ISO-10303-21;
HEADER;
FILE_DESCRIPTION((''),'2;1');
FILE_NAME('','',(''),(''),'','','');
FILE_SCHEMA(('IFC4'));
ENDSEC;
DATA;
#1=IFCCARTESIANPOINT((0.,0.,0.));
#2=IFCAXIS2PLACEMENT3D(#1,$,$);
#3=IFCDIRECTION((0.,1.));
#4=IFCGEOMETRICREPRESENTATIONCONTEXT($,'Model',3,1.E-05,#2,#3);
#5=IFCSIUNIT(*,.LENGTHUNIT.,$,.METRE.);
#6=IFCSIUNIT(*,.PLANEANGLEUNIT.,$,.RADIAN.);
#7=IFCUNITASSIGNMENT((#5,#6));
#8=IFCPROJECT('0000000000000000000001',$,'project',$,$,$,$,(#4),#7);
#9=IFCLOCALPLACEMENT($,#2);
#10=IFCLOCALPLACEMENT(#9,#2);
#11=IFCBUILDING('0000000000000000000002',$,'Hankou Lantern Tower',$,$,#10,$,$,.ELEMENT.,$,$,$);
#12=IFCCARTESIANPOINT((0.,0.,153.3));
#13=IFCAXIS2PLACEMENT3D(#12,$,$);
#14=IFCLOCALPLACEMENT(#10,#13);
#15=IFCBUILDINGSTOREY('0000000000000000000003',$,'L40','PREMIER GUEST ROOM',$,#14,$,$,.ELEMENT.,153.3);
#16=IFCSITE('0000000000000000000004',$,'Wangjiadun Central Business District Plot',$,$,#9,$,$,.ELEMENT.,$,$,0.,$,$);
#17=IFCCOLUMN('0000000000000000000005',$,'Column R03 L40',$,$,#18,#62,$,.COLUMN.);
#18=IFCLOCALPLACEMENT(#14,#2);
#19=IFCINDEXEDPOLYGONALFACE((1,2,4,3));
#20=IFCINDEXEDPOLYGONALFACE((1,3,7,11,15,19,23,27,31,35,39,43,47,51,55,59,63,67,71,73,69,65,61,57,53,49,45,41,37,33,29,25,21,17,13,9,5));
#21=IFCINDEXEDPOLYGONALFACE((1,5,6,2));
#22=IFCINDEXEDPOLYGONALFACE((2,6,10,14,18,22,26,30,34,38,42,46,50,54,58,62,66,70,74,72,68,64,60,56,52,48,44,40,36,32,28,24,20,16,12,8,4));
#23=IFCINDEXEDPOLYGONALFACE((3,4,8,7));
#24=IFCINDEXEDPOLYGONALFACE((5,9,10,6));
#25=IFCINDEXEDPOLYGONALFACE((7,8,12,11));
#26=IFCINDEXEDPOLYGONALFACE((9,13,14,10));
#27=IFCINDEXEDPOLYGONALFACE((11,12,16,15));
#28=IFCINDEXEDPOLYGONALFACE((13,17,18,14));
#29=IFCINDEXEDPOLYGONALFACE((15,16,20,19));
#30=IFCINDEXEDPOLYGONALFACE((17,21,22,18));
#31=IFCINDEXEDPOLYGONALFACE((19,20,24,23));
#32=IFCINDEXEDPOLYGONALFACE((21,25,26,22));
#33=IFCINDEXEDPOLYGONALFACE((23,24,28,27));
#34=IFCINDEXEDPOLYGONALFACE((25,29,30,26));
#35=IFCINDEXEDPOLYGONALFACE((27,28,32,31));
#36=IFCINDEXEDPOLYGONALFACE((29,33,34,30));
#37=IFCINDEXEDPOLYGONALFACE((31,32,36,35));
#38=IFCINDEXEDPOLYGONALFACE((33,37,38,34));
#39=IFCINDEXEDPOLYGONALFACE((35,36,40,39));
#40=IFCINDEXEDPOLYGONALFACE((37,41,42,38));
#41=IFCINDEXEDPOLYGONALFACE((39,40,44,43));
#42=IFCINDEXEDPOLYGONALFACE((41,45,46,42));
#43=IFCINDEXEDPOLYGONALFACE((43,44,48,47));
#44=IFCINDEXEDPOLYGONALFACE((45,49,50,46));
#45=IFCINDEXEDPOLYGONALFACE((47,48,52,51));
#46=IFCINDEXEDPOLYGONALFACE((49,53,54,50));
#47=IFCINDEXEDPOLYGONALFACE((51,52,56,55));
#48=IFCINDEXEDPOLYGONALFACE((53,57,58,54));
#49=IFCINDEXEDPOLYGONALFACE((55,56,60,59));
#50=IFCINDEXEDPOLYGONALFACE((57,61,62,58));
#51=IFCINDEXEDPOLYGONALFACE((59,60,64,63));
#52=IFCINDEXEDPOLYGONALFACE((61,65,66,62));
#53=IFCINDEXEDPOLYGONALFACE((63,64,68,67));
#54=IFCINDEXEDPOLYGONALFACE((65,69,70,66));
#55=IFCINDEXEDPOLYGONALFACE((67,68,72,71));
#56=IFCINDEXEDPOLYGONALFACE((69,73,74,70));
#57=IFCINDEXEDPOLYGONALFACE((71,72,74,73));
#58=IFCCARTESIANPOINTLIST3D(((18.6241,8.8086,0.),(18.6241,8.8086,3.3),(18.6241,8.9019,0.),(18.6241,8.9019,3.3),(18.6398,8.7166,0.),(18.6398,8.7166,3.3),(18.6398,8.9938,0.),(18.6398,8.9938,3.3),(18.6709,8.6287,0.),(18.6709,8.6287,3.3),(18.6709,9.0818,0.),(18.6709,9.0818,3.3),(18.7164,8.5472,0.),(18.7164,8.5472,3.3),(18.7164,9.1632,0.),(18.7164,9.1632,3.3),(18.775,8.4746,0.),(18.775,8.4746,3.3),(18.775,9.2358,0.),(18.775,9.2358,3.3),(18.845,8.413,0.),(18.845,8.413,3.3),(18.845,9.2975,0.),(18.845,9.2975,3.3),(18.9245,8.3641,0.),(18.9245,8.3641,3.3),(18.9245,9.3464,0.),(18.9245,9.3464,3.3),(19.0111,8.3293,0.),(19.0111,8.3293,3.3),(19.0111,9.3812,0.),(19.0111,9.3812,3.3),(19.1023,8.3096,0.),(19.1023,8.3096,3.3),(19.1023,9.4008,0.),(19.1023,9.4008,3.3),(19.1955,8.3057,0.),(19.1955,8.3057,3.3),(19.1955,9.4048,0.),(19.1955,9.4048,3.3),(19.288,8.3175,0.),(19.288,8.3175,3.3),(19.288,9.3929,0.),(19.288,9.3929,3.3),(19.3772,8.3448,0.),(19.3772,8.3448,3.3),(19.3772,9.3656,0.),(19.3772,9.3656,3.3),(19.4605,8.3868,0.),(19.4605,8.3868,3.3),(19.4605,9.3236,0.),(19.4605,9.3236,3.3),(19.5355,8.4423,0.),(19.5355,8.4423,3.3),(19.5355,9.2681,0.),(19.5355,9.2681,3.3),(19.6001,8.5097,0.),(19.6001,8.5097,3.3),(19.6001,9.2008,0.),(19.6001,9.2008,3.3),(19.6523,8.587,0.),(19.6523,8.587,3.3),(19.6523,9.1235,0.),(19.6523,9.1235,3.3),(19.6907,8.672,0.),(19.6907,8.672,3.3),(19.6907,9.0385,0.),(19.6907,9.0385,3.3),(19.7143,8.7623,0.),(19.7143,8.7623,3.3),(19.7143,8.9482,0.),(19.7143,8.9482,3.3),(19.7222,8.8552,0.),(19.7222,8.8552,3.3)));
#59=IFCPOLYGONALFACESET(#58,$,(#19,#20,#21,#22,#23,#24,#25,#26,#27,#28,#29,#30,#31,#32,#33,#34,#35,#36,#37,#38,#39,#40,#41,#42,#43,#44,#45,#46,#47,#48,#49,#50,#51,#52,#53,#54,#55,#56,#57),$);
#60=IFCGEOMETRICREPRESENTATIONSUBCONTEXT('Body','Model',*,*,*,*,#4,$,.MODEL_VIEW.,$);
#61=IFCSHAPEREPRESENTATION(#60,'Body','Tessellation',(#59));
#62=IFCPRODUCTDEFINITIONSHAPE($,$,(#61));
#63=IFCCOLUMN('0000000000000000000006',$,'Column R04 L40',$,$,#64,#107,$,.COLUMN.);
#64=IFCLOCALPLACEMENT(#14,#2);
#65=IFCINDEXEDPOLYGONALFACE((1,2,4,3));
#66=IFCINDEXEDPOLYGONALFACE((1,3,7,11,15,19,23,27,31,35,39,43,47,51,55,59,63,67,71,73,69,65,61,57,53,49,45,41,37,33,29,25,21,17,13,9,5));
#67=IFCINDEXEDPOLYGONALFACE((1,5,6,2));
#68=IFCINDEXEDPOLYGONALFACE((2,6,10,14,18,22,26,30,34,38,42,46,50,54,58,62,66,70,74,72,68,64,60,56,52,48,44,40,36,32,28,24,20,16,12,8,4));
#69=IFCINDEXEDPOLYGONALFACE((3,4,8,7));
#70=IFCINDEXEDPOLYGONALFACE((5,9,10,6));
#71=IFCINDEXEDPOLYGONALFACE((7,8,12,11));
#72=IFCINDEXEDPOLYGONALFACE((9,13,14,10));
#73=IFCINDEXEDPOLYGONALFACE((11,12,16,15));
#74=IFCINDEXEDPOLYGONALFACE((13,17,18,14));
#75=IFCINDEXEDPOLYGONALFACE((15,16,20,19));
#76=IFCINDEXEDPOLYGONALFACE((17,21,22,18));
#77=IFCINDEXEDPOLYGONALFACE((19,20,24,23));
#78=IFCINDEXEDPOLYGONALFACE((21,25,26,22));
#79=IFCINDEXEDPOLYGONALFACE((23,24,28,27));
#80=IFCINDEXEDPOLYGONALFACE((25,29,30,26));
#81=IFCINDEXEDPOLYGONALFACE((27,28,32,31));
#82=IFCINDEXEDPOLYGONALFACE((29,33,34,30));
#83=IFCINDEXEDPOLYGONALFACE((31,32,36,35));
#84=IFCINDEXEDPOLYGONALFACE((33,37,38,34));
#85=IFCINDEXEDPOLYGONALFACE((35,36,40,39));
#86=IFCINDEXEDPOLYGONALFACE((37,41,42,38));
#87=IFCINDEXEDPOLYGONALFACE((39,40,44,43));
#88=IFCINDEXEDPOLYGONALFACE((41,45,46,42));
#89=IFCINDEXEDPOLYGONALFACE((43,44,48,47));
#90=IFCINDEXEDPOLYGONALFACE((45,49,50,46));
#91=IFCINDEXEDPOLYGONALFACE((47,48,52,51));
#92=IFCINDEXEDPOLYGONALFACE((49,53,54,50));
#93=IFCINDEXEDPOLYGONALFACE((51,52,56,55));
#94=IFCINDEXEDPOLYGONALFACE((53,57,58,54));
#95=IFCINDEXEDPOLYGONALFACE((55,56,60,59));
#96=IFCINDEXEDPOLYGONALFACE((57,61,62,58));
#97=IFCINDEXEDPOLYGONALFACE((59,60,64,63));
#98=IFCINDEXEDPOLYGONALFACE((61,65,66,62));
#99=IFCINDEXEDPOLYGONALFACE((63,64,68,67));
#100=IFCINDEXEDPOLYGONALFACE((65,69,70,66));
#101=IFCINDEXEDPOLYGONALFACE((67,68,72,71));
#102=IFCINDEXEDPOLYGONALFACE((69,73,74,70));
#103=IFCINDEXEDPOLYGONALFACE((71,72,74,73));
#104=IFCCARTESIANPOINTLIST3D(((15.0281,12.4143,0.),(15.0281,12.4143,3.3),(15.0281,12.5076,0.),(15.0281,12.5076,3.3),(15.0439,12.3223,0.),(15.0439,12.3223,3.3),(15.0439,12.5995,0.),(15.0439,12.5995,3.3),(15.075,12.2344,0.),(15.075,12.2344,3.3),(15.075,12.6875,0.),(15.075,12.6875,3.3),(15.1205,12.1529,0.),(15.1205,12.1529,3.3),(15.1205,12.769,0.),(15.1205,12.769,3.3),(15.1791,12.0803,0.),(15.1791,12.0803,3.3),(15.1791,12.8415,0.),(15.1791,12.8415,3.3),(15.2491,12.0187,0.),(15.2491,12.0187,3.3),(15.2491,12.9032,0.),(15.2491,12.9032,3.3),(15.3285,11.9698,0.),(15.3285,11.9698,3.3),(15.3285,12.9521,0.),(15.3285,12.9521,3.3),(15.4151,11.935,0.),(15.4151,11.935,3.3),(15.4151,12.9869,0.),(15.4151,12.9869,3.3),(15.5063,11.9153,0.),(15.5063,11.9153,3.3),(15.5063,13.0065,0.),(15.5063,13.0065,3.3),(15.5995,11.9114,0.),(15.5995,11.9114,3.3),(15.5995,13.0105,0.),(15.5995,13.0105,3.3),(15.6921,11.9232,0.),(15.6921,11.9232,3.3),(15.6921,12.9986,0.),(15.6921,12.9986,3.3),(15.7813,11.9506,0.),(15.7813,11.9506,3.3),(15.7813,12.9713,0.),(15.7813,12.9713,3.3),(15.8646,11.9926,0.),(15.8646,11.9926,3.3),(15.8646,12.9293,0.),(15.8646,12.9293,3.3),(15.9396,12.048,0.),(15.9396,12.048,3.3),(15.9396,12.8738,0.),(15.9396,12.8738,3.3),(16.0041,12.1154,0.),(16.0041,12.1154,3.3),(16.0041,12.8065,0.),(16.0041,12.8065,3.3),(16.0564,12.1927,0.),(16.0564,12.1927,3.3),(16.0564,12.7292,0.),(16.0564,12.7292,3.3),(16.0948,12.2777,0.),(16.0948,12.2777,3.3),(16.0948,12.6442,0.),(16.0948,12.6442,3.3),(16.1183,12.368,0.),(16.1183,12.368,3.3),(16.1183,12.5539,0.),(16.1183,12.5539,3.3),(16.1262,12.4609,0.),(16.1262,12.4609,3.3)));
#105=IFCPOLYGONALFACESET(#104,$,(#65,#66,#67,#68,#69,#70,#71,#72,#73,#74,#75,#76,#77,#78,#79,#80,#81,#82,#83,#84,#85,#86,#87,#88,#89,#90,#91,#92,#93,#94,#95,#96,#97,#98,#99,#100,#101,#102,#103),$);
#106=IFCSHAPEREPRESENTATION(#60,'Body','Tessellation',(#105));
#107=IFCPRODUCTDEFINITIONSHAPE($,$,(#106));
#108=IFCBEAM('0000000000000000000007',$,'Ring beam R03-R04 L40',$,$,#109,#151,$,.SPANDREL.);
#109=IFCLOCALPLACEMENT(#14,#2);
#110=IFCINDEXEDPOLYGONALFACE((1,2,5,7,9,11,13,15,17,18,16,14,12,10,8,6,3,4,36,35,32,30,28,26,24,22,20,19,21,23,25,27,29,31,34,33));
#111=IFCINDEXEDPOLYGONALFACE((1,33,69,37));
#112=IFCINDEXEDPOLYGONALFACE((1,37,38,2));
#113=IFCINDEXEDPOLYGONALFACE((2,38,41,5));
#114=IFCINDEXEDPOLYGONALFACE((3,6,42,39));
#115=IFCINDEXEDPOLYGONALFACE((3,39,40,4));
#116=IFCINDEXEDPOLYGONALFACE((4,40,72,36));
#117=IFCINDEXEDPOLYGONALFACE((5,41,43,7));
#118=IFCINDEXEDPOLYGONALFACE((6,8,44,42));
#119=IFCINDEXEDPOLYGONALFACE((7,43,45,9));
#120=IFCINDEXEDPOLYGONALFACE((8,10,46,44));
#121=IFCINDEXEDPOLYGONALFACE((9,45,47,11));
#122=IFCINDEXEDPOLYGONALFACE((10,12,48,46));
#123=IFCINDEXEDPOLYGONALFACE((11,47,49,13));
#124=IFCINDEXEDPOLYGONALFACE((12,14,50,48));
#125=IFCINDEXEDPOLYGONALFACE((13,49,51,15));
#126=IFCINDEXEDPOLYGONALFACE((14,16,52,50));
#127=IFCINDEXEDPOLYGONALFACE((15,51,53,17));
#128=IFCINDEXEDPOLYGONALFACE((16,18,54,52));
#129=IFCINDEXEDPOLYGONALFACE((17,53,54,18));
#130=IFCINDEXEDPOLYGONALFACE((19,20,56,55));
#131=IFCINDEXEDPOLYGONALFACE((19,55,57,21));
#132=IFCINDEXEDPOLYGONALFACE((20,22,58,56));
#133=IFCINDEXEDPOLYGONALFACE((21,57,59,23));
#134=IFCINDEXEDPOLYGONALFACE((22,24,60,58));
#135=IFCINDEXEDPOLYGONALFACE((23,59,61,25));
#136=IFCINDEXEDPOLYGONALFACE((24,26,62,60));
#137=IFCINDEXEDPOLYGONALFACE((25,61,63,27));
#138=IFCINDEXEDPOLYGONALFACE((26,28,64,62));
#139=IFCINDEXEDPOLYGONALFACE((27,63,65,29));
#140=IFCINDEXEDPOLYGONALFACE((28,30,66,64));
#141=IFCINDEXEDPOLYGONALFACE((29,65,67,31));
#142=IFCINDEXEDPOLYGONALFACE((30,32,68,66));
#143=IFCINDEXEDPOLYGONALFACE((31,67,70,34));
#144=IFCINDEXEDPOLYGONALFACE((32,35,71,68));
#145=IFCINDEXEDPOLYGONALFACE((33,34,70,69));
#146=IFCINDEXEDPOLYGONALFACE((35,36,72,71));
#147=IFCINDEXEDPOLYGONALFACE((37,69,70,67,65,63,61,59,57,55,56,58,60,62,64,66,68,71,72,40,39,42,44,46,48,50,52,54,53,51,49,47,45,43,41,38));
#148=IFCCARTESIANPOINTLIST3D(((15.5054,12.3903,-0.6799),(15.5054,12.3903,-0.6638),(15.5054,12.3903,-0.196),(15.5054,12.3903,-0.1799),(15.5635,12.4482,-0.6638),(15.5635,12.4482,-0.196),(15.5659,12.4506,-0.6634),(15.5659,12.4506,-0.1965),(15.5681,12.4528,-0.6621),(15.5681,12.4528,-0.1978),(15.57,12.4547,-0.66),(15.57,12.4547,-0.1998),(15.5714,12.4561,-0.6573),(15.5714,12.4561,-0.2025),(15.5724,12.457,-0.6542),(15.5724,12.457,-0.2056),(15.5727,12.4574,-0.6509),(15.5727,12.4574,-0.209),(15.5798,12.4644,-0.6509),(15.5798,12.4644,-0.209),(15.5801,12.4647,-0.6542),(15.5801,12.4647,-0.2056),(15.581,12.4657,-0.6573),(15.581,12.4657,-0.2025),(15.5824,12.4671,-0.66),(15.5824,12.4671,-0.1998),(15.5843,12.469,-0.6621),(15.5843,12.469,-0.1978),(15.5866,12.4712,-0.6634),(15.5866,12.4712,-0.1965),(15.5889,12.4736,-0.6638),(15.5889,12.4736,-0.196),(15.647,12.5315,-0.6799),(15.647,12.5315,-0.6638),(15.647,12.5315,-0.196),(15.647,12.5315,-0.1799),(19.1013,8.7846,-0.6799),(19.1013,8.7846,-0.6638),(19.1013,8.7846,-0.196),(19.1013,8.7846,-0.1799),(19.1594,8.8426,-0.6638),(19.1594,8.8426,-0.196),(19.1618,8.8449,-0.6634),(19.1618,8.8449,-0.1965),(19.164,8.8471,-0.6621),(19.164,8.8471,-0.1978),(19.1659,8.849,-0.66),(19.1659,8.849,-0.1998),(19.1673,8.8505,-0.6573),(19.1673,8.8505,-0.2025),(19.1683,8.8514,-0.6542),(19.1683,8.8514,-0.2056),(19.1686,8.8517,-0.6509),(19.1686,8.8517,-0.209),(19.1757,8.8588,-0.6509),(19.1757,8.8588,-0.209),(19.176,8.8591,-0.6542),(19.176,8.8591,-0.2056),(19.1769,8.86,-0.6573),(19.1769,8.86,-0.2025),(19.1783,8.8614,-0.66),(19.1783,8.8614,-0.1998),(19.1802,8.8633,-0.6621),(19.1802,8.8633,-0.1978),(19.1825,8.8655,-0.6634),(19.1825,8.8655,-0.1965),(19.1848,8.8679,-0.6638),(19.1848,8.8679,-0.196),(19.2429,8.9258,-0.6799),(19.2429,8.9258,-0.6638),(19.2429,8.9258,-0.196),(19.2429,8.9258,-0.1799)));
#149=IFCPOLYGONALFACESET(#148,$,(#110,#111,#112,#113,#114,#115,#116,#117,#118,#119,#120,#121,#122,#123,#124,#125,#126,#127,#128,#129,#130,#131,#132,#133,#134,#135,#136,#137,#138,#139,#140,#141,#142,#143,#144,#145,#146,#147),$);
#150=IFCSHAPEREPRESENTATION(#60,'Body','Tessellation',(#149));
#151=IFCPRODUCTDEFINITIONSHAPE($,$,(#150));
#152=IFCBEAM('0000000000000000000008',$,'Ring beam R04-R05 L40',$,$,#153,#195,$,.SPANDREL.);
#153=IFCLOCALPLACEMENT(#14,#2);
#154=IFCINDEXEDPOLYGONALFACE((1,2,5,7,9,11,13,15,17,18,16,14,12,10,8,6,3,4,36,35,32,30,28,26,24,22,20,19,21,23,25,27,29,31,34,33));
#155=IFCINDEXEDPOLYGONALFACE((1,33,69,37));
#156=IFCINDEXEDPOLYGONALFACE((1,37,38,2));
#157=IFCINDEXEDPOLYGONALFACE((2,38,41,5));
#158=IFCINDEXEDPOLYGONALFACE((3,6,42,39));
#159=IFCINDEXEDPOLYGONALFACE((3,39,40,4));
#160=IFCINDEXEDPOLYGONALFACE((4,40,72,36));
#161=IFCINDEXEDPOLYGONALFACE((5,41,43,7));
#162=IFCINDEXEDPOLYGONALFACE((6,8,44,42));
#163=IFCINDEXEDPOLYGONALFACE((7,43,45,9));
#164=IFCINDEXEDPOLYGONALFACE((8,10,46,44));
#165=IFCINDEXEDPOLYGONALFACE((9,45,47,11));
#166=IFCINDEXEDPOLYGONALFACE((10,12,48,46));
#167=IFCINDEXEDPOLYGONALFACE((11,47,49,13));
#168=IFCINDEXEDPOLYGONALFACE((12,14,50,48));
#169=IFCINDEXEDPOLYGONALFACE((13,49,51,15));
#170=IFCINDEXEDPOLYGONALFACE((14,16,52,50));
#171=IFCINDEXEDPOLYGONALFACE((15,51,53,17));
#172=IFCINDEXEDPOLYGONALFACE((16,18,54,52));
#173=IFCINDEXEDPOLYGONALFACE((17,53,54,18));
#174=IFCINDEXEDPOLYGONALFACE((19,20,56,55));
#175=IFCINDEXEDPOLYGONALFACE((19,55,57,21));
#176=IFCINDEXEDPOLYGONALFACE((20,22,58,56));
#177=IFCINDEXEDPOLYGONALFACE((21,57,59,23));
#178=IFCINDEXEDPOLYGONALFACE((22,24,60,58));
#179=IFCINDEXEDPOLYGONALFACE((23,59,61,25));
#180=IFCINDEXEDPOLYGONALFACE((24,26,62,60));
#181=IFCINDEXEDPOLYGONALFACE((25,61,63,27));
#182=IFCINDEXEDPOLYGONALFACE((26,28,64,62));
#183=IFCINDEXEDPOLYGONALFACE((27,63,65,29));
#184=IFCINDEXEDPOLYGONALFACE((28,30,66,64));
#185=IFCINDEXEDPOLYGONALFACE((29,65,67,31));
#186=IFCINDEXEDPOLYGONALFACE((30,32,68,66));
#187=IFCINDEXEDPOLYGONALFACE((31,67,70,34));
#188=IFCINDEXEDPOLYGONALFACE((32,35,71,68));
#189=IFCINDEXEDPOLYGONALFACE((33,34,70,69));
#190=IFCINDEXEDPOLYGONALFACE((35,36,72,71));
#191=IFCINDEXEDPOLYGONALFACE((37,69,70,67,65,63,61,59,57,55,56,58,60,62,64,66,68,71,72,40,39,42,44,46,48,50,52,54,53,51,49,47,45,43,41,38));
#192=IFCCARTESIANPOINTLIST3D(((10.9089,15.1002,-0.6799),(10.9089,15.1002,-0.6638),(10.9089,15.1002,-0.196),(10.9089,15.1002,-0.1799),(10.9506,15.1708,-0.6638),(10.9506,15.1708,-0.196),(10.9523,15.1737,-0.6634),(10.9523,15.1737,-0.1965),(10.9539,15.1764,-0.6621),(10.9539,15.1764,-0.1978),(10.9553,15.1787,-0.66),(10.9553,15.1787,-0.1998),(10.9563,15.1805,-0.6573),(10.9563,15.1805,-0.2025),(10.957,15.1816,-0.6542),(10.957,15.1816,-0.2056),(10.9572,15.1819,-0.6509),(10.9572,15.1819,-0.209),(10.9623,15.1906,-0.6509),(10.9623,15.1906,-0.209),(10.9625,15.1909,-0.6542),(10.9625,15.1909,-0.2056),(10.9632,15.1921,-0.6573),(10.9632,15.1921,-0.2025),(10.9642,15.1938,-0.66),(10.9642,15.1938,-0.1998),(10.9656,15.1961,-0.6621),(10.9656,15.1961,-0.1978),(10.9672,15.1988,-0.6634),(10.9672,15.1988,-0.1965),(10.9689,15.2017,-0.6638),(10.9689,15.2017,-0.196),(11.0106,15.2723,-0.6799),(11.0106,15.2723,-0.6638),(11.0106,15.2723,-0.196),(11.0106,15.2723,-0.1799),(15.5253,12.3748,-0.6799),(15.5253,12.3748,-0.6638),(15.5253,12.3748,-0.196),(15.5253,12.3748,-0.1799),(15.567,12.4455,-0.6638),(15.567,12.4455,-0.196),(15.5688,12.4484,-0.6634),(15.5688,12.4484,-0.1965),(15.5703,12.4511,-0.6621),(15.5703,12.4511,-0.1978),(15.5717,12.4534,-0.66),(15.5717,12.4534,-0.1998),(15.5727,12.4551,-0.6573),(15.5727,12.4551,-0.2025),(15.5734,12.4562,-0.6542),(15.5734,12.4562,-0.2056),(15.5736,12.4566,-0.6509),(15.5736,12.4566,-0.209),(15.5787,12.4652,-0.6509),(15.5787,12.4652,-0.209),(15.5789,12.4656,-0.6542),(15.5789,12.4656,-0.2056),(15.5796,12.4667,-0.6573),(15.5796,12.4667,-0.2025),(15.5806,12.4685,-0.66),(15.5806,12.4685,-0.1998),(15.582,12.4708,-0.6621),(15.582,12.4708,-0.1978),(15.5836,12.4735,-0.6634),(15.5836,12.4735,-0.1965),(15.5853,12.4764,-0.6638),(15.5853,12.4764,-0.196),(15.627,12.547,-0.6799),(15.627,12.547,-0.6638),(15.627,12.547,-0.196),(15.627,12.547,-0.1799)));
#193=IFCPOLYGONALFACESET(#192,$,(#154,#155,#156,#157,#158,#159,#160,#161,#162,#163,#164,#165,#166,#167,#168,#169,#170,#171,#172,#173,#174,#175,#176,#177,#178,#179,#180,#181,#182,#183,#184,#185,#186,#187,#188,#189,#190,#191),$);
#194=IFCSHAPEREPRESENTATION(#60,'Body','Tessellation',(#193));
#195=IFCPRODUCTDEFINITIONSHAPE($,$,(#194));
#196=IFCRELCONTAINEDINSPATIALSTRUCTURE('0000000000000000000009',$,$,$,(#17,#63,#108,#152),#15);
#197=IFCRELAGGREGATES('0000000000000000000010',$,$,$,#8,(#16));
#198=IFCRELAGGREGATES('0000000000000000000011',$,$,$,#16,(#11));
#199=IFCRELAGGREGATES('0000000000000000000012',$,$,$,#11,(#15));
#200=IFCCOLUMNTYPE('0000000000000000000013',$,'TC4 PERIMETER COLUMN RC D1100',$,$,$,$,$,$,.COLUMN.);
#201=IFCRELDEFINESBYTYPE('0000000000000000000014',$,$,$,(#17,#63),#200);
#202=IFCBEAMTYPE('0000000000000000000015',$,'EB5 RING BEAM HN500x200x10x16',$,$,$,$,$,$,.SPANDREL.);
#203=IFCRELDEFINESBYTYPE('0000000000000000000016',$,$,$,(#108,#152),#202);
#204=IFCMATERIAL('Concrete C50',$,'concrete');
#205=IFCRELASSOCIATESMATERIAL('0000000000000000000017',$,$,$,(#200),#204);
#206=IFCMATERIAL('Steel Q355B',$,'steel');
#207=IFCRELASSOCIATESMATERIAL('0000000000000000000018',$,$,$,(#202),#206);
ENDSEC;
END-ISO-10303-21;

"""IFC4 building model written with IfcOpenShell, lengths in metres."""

from ifc_helpers import new_model, si_unit, direction, frame, origin, origin_2d, place, context, subcontext, project, spatial, circle, i_section, extrude, material, material_profile, profile_set, type_object, element, save


model = new_model("IFC4")

# Units and contexts
model_context = context("Model", 3, precision=1e-05, world=origin(), true_north=direction((0.0, 1.0)))
body_context = subcontext(model_context, "Body", "Model", "MODEL_VIEW")
ifc_project = project(units=[si_unit("LENGTHUNIT", "METRE"), si_unit("PLANEANGLEUNIT", "RADIAN")], contexts=[model_context])

# Site, building, storey
site_placement = place(None, origin())
site = spatial("IfcSite", under=ifc_project, at=site_placement, Name="Wangjiadun Central Business District Plot", CompositionType="ELEMENT", RefElevation=0.0)
building_placement = place(site_placement, origin())
building = spatial("IfcBuilding", under=site, at=building_placement, Name="Hankou Lantern Tower", CompositionType="ELEMENT")
storey_placement = place(building_placement, frame((0.0, 0.0, 153.3)))
storey = spatial("IfcBuildingStorey", under=building, at=storey_placement, Name="L40", Description="PREMIER GUEST ROOM", CompositionType="ELEMENT", Elevation=153.3)

# Columns
ifc_material_1 = material(Name="Concrete C50", Category="concrete")
ifc_material_profile_1 = material_profile(ifc_material_1, circle(Radius=0.55, at=origin_2d()), Name="RC D1100")
ifc_profile_set_1 = profile_set([ifc_material_profile_1], Name="Concrete C50")
column_type = type_object("IfcColumnType", Name="TC4 PERIMETER COLUMN RC D1100", PredefinedType="COLUMN", material=ifc_profile_set_1)
for number, where, z_axis, x_axis, name in (
    (1, (19.1721, 8.8552, 0.0), (0.0, 0.0, 1.0), (1.0, 0.0, 0.0), "Column R03 L40"),
    (2, (15.5762, 12.4609, 0.0), (0.0, 0.0, 1.0), (1.0, 0.0, 0.0), "Column R04 L40"),
):
    element("IfcColumn", number, at=place(storey_placement, frame(where, z_axis=z_axis, x_axis=x_axis)), inside=storey, type_object=column_type, Name=name, PredefinedType="COLUMN", context=body_context, shape_type="SweptSolid", body=[
        extrude(circle(Radius=0.55, at=origin_2d()), origin(), (0.0, 0.0, 1.0), 3.3),
    ])

# Beams
ifc_material_2 = material(Name="Steel Q355B", Category="steel")
ifc_material_profile_2 = material_profile(ifc_material_2, i_section(OverallWidth=0.2, OverallDepth=0.5, WebThickness=0.01, FlangeThickness=0.0161, FilletRadius=0.0129, at=origin_2d()), Name="HN500x200x10x16")
ifc_profile_set_2 = profile_set([ifc_material_profile_2], Name="Steel Q355B")
beam_type_1 = type_object("IfcBeamType", Name="EB5 RING BEAM HN500x200x10x16", PredefinedType="SPANDREL", material=ifc_profile_set_2)
beam_1_placement = place(storey_placement, frame((19.1721, 8.8552, -0.4299), z_axis=(-0.706147, 0.708065, 0.0), x_axis=(-0.708065, -0.706147, 0.0)))
element("IfcBeam", 3, at=beam_1_placement, inside=storey, type_object=beam_type_1, Name="Ring beam R03-R04 L40", PredefinedType="SPANDREL", context=body_context, shape_type="SweptSolid", body=[
    extrude(i_section(OverallWidth=0.2, OverallDepth=0.5, WebThickness=0.01, FlangeThickness=0.0161, FilletRadius=0.0129, at=origin_2d()), origin(), (0.0, 0.0, 1.0), 5.0923),
])
beam_2_placement = place(storey_placement, frame((15.5762, 12.4609, -0.4299), z_axis=(-0.861136, 0.508375, 0.0), x_axis=(-0.508375, -0.861136, 0.0)))
element("IfcBeam", 4, at=beam_2_placement, inside=storey, type_object=beam_type_1, Name="Ring beam R04-R05 L40", PredefinedType="SPANDREL", context=body_context, shape_type="SweptSolid", body=[
    extrude(i_section(OverallWidth=0.2, OverallDepth=0.5, WebThickness=0.01, FlangeThickness=0.0161, FilletRadius=0.0129, at=origin_2d()), origin(), (0.0, 0.0, 1.0), 5.3608),
])

save(model, "model.ifc")
